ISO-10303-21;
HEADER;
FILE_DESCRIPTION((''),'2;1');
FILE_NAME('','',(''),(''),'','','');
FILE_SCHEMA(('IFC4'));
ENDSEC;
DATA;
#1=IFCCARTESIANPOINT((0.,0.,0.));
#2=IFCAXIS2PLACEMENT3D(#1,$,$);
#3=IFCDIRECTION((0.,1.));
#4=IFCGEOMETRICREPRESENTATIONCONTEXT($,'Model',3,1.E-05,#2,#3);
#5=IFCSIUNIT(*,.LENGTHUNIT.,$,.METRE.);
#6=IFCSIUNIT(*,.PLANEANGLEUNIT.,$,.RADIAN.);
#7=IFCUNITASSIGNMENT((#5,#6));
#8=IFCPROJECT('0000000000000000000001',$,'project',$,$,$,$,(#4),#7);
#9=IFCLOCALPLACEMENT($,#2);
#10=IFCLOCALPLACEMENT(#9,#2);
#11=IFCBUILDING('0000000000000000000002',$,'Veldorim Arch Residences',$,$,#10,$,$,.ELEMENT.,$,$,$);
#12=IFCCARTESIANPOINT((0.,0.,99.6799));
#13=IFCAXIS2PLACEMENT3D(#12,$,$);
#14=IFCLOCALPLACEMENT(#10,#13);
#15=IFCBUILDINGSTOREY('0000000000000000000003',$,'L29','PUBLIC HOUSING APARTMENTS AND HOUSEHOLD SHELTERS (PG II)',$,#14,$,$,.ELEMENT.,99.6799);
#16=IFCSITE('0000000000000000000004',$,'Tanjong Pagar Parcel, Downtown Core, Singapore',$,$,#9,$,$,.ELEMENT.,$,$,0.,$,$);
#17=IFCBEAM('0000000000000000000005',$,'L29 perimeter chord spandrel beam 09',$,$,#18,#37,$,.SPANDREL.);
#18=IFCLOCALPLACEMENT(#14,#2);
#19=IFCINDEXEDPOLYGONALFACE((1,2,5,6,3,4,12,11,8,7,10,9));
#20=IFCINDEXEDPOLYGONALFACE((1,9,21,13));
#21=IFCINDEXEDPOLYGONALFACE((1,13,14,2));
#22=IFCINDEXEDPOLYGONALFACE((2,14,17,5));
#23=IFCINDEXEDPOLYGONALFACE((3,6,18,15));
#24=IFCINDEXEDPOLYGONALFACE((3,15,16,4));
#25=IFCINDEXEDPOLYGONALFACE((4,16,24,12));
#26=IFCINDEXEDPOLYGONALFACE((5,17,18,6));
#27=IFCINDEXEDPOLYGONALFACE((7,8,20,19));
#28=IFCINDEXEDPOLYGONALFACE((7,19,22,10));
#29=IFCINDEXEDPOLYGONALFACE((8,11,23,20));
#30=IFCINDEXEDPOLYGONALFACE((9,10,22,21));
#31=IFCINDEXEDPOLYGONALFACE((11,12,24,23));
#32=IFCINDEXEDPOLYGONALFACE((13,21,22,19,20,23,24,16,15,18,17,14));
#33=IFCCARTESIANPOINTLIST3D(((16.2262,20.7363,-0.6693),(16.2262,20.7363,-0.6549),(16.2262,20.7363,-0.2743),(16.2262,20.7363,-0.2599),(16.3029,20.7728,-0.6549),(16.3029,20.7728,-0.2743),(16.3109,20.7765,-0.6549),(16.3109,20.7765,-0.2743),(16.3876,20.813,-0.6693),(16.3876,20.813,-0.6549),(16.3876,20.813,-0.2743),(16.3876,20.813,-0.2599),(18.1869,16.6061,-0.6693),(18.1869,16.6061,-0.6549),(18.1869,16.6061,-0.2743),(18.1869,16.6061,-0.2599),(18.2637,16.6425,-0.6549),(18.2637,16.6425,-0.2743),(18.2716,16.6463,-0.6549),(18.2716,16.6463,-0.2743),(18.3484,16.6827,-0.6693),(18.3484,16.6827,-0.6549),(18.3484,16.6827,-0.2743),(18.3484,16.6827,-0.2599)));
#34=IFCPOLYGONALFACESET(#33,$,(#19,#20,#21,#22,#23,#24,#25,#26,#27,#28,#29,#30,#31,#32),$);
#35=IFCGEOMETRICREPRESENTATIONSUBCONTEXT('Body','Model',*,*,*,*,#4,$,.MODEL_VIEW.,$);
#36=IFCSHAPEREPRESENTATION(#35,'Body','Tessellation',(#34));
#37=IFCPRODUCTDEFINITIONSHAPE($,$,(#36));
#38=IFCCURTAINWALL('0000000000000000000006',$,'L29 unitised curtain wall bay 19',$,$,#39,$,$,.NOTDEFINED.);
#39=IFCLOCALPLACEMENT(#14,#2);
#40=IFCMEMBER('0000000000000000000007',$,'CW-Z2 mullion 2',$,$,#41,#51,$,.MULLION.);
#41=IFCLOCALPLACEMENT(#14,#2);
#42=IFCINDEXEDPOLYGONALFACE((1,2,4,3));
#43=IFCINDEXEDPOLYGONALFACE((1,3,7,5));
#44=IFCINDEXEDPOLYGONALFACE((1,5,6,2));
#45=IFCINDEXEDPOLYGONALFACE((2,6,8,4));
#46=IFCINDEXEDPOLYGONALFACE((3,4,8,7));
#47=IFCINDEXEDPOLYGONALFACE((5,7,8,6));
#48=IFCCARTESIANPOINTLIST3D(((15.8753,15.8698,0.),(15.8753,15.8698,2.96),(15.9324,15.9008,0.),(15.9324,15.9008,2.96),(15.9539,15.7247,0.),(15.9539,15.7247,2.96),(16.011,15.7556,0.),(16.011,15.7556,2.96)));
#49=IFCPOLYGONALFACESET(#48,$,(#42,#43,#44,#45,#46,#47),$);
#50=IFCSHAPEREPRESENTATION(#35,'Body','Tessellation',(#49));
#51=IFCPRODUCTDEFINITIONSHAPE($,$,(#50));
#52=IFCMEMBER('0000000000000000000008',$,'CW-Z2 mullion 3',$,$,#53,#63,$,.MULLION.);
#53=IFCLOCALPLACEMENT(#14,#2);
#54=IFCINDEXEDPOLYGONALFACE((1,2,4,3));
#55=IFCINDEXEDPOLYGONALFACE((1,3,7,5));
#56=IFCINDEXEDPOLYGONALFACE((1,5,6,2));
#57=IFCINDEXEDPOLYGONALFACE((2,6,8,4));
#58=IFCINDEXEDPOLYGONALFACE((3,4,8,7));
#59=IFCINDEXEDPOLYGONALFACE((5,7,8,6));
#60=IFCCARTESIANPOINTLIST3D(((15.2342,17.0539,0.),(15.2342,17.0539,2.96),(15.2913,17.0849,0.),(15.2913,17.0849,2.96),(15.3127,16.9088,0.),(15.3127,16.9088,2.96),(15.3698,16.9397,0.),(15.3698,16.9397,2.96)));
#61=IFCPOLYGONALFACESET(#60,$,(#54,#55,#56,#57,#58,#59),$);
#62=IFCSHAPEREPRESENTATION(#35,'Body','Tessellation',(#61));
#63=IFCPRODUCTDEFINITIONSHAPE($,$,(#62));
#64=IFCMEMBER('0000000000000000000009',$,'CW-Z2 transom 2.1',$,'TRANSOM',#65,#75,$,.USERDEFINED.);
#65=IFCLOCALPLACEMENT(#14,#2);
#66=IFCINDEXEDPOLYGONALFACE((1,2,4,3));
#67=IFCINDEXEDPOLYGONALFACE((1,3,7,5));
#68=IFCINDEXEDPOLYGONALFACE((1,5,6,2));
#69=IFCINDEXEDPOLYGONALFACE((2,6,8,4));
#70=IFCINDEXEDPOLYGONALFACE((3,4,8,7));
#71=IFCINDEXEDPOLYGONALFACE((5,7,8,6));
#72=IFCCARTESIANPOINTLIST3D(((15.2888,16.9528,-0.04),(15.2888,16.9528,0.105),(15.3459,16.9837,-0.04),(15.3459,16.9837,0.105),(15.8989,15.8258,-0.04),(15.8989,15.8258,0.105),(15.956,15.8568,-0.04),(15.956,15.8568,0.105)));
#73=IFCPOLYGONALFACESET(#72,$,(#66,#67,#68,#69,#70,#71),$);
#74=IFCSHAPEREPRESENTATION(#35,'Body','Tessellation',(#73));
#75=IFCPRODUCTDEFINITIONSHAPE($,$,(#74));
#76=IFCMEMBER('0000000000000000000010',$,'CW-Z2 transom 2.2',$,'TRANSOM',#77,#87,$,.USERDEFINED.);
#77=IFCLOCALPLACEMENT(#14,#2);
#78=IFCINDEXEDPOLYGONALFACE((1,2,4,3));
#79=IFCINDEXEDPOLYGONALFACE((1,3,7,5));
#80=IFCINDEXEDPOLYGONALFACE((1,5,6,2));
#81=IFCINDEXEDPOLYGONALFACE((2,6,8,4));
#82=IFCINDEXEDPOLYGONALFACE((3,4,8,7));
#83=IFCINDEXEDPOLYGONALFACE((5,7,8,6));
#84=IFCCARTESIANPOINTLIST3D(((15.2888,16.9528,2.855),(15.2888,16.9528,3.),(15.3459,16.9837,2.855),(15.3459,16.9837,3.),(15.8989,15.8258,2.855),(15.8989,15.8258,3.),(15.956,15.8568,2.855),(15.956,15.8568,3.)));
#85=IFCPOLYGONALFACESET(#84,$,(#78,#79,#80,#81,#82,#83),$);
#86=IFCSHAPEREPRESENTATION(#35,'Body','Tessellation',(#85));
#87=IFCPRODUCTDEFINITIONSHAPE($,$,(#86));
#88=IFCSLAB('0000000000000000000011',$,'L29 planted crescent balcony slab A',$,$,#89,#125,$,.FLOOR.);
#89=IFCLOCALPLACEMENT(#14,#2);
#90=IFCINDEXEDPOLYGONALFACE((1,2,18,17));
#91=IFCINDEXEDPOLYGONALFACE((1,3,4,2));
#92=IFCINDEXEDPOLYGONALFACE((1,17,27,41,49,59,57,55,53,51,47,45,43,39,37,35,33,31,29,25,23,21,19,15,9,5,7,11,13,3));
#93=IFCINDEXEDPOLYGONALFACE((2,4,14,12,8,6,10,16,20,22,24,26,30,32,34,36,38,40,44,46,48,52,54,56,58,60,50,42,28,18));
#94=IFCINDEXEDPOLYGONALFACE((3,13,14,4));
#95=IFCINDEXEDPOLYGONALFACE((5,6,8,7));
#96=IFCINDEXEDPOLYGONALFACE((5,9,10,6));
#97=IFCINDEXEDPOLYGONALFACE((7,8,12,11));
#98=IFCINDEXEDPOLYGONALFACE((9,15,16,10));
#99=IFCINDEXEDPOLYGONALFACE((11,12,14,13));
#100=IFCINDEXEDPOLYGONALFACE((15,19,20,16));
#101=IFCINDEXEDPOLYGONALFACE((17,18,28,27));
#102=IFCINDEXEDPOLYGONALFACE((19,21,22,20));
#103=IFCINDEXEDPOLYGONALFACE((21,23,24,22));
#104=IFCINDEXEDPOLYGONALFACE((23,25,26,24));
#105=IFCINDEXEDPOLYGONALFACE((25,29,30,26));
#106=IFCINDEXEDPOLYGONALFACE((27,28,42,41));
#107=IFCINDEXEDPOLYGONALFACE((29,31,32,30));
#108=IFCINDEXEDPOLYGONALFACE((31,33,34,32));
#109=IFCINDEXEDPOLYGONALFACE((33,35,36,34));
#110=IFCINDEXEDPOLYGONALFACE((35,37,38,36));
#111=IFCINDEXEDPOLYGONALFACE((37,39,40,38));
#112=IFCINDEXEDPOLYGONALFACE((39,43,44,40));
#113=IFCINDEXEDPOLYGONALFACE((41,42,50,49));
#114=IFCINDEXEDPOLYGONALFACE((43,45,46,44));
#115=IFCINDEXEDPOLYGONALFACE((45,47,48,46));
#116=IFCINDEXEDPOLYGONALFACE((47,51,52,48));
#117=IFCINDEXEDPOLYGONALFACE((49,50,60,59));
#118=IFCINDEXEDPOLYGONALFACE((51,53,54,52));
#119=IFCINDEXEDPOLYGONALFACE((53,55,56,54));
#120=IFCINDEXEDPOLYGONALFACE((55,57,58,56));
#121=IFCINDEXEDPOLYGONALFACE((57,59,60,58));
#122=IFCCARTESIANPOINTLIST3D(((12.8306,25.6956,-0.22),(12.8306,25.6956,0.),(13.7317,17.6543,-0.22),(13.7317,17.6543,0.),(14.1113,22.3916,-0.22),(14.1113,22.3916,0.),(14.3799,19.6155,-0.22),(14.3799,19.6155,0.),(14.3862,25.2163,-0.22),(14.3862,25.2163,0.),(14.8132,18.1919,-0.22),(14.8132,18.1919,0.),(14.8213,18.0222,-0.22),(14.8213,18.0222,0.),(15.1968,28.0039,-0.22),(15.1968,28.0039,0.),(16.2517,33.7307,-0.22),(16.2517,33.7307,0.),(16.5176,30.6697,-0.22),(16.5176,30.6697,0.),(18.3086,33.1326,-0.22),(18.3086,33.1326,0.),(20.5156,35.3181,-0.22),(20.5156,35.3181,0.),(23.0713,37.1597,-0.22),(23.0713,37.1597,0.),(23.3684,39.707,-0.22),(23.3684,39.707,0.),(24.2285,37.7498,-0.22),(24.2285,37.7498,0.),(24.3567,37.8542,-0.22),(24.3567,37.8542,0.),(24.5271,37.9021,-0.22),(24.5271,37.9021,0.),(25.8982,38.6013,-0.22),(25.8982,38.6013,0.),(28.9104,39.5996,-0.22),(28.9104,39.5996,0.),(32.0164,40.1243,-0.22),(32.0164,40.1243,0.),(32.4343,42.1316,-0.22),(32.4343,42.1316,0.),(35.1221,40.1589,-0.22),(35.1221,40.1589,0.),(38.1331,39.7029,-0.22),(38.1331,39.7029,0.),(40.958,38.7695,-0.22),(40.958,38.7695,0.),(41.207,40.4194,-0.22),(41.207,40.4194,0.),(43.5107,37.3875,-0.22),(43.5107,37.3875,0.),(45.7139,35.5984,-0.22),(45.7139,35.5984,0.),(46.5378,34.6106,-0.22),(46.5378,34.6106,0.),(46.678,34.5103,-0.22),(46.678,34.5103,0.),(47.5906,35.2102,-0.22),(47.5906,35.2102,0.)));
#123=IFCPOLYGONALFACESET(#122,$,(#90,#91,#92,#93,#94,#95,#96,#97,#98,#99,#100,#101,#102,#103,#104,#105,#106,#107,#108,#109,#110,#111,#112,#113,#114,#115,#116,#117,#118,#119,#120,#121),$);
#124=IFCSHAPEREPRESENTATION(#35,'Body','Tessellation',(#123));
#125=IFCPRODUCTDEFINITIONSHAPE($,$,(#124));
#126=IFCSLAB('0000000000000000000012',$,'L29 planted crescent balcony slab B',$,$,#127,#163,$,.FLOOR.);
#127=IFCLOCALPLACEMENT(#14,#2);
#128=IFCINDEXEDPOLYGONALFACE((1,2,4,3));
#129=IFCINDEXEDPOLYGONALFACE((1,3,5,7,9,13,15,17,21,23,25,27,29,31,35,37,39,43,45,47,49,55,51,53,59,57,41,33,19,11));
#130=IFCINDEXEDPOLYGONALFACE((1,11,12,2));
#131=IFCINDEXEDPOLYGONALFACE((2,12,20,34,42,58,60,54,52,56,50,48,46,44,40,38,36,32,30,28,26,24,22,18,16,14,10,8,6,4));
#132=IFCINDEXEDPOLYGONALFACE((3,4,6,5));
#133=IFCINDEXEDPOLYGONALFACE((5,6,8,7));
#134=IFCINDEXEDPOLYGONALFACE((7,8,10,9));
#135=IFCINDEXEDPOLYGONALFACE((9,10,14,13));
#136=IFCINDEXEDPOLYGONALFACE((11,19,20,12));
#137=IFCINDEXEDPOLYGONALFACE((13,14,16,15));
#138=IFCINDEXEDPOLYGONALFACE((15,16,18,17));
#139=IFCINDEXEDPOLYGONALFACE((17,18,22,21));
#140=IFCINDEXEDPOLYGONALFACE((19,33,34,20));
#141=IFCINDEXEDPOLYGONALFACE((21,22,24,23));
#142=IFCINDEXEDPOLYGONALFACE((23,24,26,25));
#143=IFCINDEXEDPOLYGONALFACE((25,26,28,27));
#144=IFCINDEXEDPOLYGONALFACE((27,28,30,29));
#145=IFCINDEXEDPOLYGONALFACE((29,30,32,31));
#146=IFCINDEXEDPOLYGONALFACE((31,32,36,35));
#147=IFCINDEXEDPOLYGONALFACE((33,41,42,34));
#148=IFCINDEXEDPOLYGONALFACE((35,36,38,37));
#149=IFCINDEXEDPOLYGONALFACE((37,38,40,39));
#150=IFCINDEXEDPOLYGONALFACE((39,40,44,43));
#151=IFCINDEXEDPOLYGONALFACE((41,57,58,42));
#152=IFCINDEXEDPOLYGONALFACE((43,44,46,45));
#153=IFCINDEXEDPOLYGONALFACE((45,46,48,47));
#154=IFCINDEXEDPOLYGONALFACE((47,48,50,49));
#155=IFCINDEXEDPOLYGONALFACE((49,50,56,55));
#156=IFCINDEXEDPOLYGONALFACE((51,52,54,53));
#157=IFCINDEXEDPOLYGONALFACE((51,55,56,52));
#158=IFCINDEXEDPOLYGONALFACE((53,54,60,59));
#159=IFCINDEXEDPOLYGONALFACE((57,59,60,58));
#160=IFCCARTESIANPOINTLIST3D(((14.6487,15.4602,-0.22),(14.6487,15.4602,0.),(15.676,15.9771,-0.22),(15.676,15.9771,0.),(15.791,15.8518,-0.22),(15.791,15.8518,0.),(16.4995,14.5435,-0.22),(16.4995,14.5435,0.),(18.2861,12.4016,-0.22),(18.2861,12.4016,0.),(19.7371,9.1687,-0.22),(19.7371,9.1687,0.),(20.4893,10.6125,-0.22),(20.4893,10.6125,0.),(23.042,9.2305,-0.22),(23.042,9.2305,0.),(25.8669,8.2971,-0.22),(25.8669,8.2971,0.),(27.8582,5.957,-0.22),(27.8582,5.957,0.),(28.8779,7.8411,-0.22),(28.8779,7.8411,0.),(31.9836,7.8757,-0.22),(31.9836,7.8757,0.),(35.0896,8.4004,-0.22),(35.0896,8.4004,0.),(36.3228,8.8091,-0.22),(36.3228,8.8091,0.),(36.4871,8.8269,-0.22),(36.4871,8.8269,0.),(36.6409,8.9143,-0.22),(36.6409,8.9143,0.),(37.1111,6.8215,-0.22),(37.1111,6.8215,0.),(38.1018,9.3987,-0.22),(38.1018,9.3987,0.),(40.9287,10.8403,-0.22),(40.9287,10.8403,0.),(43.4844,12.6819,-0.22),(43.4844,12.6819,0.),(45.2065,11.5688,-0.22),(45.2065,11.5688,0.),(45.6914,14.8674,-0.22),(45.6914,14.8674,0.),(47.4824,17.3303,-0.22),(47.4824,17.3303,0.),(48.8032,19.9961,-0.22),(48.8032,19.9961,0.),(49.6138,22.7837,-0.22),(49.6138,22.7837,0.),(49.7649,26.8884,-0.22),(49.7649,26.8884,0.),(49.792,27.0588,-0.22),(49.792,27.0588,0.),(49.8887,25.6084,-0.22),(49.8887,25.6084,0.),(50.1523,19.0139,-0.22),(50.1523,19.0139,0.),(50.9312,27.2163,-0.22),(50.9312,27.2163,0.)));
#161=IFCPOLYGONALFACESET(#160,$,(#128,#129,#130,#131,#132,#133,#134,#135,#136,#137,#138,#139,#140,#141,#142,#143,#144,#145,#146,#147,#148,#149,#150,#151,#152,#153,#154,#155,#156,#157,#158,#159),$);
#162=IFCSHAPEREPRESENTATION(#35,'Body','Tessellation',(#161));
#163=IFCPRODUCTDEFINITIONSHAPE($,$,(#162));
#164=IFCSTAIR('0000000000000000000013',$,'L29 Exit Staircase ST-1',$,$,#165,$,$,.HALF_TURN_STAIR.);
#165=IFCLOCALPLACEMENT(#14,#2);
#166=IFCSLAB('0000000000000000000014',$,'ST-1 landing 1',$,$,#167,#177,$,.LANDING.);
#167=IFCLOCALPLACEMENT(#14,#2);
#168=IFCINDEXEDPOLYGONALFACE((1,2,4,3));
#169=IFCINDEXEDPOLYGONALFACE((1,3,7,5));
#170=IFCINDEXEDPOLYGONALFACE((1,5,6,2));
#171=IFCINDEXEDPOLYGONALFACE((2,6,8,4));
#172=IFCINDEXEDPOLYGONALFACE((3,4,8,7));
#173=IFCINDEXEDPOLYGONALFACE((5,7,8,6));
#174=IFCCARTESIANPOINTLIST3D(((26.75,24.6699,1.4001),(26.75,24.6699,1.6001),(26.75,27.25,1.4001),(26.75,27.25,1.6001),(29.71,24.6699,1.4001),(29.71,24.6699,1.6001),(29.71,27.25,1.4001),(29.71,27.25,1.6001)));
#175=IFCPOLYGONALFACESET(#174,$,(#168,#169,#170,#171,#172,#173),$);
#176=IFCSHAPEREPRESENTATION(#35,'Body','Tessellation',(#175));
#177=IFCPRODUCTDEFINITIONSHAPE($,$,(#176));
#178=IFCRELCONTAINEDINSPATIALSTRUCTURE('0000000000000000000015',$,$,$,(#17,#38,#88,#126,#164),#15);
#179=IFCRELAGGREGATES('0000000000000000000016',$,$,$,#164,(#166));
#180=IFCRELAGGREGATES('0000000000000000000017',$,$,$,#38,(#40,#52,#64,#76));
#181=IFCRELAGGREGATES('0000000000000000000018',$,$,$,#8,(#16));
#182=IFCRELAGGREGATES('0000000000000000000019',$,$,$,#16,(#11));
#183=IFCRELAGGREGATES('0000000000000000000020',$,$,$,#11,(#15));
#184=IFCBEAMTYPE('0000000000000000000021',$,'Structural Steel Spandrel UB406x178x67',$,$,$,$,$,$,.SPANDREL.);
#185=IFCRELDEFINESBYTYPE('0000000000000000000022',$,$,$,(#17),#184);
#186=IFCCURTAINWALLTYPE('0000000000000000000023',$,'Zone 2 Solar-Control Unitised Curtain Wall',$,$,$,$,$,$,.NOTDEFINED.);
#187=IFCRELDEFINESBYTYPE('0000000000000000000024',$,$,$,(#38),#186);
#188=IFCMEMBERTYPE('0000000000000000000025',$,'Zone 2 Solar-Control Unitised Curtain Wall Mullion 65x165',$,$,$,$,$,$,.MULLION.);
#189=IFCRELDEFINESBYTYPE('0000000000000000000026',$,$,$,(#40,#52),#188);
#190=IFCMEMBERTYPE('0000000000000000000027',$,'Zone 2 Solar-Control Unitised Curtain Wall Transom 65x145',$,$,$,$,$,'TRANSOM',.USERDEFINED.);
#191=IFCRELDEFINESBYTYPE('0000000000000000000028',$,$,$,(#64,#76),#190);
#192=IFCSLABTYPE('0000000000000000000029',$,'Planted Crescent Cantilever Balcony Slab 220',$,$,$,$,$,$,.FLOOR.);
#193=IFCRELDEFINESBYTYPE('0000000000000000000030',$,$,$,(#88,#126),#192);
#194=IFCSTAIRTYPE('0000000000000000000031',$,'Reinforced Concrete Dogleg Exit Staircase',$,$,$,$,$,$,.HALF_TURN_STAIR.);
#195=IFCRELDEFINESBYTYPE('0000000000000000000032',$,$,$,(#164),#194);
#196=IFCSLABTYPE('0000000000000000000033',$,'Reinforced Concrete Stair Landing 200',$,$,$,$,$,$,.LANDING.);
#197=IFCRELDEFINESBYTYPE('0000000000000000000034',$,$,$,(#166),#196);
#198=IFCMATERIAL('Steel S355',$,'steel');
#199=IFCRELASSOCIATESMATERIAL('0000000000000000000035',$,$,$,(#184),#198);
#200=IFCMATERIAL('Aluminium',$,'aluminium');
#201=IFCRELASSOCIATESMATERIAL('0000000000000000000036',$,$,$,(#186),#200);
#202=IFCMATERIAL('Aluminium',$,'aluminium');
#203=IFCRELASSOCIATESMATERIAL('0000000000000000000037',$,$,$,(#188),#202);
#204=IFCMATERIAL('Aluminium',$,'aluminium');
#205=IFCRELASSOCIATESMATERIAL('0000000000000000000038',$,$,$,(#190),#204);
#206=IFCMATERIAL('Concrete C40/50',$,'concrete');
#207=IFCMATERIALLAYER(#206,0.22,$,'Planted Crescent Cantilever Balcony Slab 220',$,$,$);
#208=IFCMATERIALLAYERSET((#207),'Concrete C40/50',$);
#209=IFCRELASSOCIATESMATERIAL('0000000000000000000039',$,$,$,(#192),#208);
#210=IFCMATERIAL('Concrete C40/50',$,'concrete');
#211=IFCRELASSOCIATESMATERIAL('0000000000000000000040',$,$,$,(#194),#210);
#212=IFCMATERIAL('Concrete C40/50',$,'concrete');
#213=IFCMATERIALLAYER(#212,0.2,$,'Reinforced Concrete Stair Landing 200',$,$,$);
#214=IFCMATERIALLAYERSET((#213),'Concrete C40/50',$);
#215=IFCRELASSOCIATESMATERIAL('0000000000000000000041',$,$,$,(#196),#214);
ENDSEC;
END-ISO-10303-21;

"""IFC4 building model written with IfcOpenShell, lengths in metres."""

from ifc_helpers import new_model, si_unit, direction, frame, origin, origin_2d, place, context, subcontext, project, spatial, polyline, rectangle, i_section, outline, extrude, material, layer, layer_set, material_profile, profile_set, type_object, element, aggregate, save


model = new_model("IFC4")

# Units and contexts
model_context = context("Model", 3, precision=1e-05, world=origin(), true_north=direction((0.0, 1.0)))
body_context = subcontext(model_context, "Body", "Model", "MODEL_VIEW")
ifc_project = project(units=[si_unit("LENGTHUNIT", "METRE"), si_unit("PLANEANGLEUNIT", "RADIAN")], contexts=[model_context])

# Site, building, storey
site_placement = place(None, origin())
site = spatial("IfcSite", under=ifc_project, at=site_placement, Name="Tanjong Pagar Parcel, Downtown Core, Singapore", CompositionType="ELEMENT", RefElevation=0.0)
building_placement = place(site_placement, origin())
building = spatial("IfcBuilding", under=site, at=building_placement, Name="Veldorim Arch Residences", CompositionType="ELEMENT")
storey_placement = place(building_placement, frame((0.0, 0.0, 99.6799)))
storey = spatial("IfcBuildingStorey", under=building, at=storey_placement, Name="L29", Description="PUBLIC HOUSING APARTMENTS AND HOUSEHOLD SHELTERS (PG II)", CompositionType="ELEMENT", Elevation=99.6799)

# Beam
ifc_material_1 = material(Name="Steel S355", Category="steel")
ifc_material_profile_1 = material_profile(ifc_material_1, i_section(OverallWidth=0.1787, OverallDepth=0.4094, WebThickness=0.0088, FlangeThickness=0.0144, at=origin_2d()), Name="UB406x178x67")
ifc_profile_set_1 = profile_set([ifc_material_profile_1], Name="Steel S355")
beam_type = type_object("IfcBeamType", Name="Structural Steel Spandrel UB406x178x67", PredefinedType="SPANDREL", material=ifc_profile_set_1)
beam_placement = place(storey_placement, frame((16.3069, 20.7747, -0.4646), z_axis=(0.428857, -0.903372, 0.0), x_axis=(0.903372, 0.428857, 0.0)))
element("IfcBeam", 1, at=beam_placement, inside=storey, type_object=beam_type, Name="L29 perimeter chord spandrel beam 09", PredefinedType="SPANDREL", context=body_context, shape_type="SweptSolid", body=[
    extrude(i_section(OverallWidth=0.1787, OverallDepth=0.4094, WebThickness=0.0088, FlangeThickness=0.0144, at=origin_2d()), origin(), (0.0, 0.0, 1.0), 4.572),
])

# Curtain wall, members
ifc_material_2 = material(Name="Aluminium", Category="aluminium")
curtain_wall_type = type_object("IfcCurtainWallType", Name="Zone 2 Solar-Control Unitised Curtain Wall", PredefinedType="NOTDEFINED", material=ifc_material_2)
curtain_wall_placement = place(storey_placement, origin())
curtain_wall = element("IfcCurtainWall", 2, at=curtain_wall_placement, inside=storey, type_object=curtain_wall_type, Name="L29 unitised curtain wall bay 19", PredefinedType="NOTDEFINED")
ifc_material_3 = material(Name="Aluminium", Category="aluminium")
ifc_material_profile_2 = material_profile(ifc_material_3, rectangle(XDim=0.0649, YDim=0.165, at=origin_2d()), Name="ALU_MUL_65x165")
ifc_profile_set_2 = profile_set([ifc_material_profile_2], Name="Aluminium")
member_type_1 = type_object("IfcMemberType", Name="Zone 2 Solar-Control Unitised Curtain Wall Mullion 65x165", PredefinedType="MULLION", material=ifc_profile_set_2)
member_1_placement = place(storey_placement, frame((15.9431, 15.8127, 0.0), z_axis=(0.0, 0.0, 1.0), x_axis=(-0.879366, -0.476146, 0.0)))
member_1 = element("IfcMember", 3, at=member_1_placement, type_object=member_type_1, Name="CW-Z2 mullion 2", PredefinedType="MULLION", context=body_context, shape_type="SweptSolid", body=[
    extrude(rectangle(XDim=0.0649, YDim=0.165, at=origin_2d()), origin(), (0.0, 0.0, 1.0), 2.96),
])
member_2_placement = place(storey_placement, frame((15.302, 16.9968, 0.0), z_axis=(0.0, 0.0, 1.0), x_axis=(-0.879366, -0.476146, 0.0)))
member_2 = element("IfcMember", 4, at=member_2_placement, type_object=member_type_1, Name="CW-Z2 mullion 3", PredefinedType="MULLION", context=body_context, shape_type="SweptSolid", body=[
    extrude(rectangle(XDim=0.0649, YDim=0.165, at=origin_2d()), origin(), (0.0, 0.0, 1.0), 2.96),
])
ifc_material_4 = material(Name="Aluminium", Category="aluminium")
ifc_material_profile_3 = material_profile(ifc_material_4, rectangle(XDim=0.0649, YDim=0.145, at=origin_2d()), Name="ALU_TRN_65x145")
ifc_profile_set_3 = profile_set([ifc_material_profile_3], Name="Aluminium")
member_type_2 = type_object("IfcMemberType", Name="Zone 2 Solar-Control Unitised Curtain Wall Transom 65x145", ElementType="TRANSOM", PredefinedType="USERDEFINED", material=ifc_profile_set_3)
member_3_placement = place(storey_placement, frame((15.9275, 15.8413, 0.0325), z_axis=(-0.476087, 0.879398, 0.0), x_axis=(-0.879398, -0.476087, 0.0)))
member_3 = element("IfcMember", 5, at=member_3_placement, type_object=member_type_2, Name="CW-Z2 transom 2.1", ObjectType="TRANSOM", PredefinedType="USERDEFINED", context=body_context, shape_type="SweptSolid", body=[
    extrude(rectangle(XDim=0.0649, YDim=0.145, at=origin_2d()), origin(), (0.0, 0.0, 1.0), 1.2815),
])
member_4_placement = place(storey_placement, frame((15.9275, 15.8413, 2.9275), z_axis=(-0.476087, 0.879398, 0.0), x_axis=(-0.879398, -0.476087, 0.0)))
member_4 = element("IfcMember", 6, at=member_4_placement, type_object=member_type_2, Name="CW-Z2 transom 2.2", ObjectType="TRANSOM", PredefinedType="USERDEFINED", context=body_context, shape_type="SweptSolid", body=[
    extrude(rectangle(XDim=0.0649, YDim=0.145, at=origin_2d()), origin(), (0.0, 0.0, 1.0), 1.2815),
])

# Slabs
ifc_material_5 = material(Name="Concrete C40/50", Category="concrete")
ifc_layer_1 = layer(ifc_material_5, 0.22, Name="Planted Crescent Cantilever Balcony Slab 220")
ifc_layer_set_1 = layer_set([ifc_layer_1], Name="Concrete C40/50")
slab_type_1 = type_object("IfcSlabType", Name="Planted Crescent Cantilever Balcony Slab 220", PredefinedType="FLOOR", material=ifc_layer_set_1)
slab_1_placement = place(storey_placement, frame((0.0, 0.0, -0.22)))
element("IfcSlab", 7, at=slab_1_placement, inside=storey, type_object=slab_type_1, Name="L29 planted crescent balcony slab A", PredefinedType="FLOOR", context=body_context, shape_type="SweptSolid", body=[
    extrude(outline(polyline([(46.5378, 34.6106), (45.7139, 35.5984), (43.5107, 37.3875), (40.958, 38.7695), (38.1331, 39.7029), (35.1221, 40.1589), (32.0164, 40.1243), (28.9104, 39.5996), (25.8982, 38.6013), (24.5271, 37.9021), (24.3567, 37.8542), (24.2285, 37.7498), (23.0713, 37.1597), (20.5156, 35.3181), (18.3086, 33.1326), (16.5176, 30.6697), (15.1968, 28.0039), (14.3862, 25.2163), (14.1113, 22.3916), (14.3799, 19.6155), (14.8132, 18.1919), (14.8213, 18.0222), (13.7317, 17.6543), (12.8306, 25.6956), (16.2517, 33.7307), (23.3684, 39.707), (32.4343, 42.1316), (41.207, 40.4194), (47.5906, 35.2102), (46.678, 34.5103), (46.5378, 34.6106)])), origin(), (0.0, 0.0, 1.0), 0.22),
])
slab_2_placement = place(storey_placement, frame((0.0, 0.0, -0.22)))
element("IfcSlab", 8, at=slab_2_placement, inside=storey, type_object=slab_type_1, Name="L29 planted crescent balcony slab B", PredefinedType="FLOOR", context=body_context, shape_type="SweptSolid", body=[
    extrude(outline(polyline([(15.791, 15.8518), (16.4995, 14.5435), (18.2861, 12.4016), (20.4893, 10.6125), (23.042, 9.2305), (25.8669, 8.2971), (28.8779, 7.8411), (31.9836, 7.8757), (35.0896, 8.4004), (36.3228, 8.8091), (36.4871, 8.8269), (36.6409, 8.9143), (38.1018, 9.3987), (40.9287, 10.8403), (43.4844, 12.6819), (45.6914, 14.8674), (47.4824, 17.3303), (48.8032, 19.9961), (49.6138, 22.7837), (49.8887, 25.6084), (49.7649, 26.8884), (49.792, 27.0588), (50.9312, 27.2163), (50.1523, 19.0139), (45.2065, 11.5688), (37.1111, 6.8215), (27.8582, 5.957), (19.7371, 9.1687), (14.6487, 15.4602), (15.676, 15.9771), (15.791, 15.8518)])), origin(), (0.0, 0.0, 1.0), 0.22),
])

# Stair, slab
ifc_material_6 = material(Name="Concrete C40/50", Category="concrete")
stair_type = type_object("IfcStairType", Name="Reinforced Concrete Dogleg Exit Staircase", PredefinedType="HALF_TURN_STAIR", material=ifc_material_6)
stair_1_placement = place(storey_placement, origin())
stair_1 = element("IfcStair", 9, at=stair_1_placement, inside=storey, type_object=stair_type, Name="L29 Exit Staircase ST-1", PredefinedType="HALF_TURN_STAIR")
ifc_material_7 = material(Name="Concrete C40/50", Category="concrete")
ifc_layer_2 = layer(ifc_material_7, 0.2, Name="Reinforced Concrete Stair Landing 200")
ifc_layer_set_2 = layer_set([ifc_layer_2], Name="Concrete C40/50")
slab_type_2 = type_object("IfcSlabType", Name="Reinforced Concrete Stair Landing 200", PredefinedType="LANDING", material=ifc_layer_set_2)
slab_3_placement = place(storey_placement, frame((0.0, 0.0, 1.4001)))
slab_3 = element("IfcSlab", 10, at=slab_3_placement, type_object=slab_type_2, Name="ST-1 landing 1", PredefinedType="LANDING", context=body_context, shape_type="SweptSolid", body=[
    extrude(outline(polyline([(29.71, 24.6699), (29.71, 27.25), (26.75, 27.25), (26.75, 24.6699), (29.71, 24.6699)])), origin(), (0.0, 0.0, 1.0), 0.2),
])
aggregate(stair_1, [slab_3])

aggregate(curtain_wall, [member_1, member_2, member_3, member_4])

save(model, "model.ifc")
